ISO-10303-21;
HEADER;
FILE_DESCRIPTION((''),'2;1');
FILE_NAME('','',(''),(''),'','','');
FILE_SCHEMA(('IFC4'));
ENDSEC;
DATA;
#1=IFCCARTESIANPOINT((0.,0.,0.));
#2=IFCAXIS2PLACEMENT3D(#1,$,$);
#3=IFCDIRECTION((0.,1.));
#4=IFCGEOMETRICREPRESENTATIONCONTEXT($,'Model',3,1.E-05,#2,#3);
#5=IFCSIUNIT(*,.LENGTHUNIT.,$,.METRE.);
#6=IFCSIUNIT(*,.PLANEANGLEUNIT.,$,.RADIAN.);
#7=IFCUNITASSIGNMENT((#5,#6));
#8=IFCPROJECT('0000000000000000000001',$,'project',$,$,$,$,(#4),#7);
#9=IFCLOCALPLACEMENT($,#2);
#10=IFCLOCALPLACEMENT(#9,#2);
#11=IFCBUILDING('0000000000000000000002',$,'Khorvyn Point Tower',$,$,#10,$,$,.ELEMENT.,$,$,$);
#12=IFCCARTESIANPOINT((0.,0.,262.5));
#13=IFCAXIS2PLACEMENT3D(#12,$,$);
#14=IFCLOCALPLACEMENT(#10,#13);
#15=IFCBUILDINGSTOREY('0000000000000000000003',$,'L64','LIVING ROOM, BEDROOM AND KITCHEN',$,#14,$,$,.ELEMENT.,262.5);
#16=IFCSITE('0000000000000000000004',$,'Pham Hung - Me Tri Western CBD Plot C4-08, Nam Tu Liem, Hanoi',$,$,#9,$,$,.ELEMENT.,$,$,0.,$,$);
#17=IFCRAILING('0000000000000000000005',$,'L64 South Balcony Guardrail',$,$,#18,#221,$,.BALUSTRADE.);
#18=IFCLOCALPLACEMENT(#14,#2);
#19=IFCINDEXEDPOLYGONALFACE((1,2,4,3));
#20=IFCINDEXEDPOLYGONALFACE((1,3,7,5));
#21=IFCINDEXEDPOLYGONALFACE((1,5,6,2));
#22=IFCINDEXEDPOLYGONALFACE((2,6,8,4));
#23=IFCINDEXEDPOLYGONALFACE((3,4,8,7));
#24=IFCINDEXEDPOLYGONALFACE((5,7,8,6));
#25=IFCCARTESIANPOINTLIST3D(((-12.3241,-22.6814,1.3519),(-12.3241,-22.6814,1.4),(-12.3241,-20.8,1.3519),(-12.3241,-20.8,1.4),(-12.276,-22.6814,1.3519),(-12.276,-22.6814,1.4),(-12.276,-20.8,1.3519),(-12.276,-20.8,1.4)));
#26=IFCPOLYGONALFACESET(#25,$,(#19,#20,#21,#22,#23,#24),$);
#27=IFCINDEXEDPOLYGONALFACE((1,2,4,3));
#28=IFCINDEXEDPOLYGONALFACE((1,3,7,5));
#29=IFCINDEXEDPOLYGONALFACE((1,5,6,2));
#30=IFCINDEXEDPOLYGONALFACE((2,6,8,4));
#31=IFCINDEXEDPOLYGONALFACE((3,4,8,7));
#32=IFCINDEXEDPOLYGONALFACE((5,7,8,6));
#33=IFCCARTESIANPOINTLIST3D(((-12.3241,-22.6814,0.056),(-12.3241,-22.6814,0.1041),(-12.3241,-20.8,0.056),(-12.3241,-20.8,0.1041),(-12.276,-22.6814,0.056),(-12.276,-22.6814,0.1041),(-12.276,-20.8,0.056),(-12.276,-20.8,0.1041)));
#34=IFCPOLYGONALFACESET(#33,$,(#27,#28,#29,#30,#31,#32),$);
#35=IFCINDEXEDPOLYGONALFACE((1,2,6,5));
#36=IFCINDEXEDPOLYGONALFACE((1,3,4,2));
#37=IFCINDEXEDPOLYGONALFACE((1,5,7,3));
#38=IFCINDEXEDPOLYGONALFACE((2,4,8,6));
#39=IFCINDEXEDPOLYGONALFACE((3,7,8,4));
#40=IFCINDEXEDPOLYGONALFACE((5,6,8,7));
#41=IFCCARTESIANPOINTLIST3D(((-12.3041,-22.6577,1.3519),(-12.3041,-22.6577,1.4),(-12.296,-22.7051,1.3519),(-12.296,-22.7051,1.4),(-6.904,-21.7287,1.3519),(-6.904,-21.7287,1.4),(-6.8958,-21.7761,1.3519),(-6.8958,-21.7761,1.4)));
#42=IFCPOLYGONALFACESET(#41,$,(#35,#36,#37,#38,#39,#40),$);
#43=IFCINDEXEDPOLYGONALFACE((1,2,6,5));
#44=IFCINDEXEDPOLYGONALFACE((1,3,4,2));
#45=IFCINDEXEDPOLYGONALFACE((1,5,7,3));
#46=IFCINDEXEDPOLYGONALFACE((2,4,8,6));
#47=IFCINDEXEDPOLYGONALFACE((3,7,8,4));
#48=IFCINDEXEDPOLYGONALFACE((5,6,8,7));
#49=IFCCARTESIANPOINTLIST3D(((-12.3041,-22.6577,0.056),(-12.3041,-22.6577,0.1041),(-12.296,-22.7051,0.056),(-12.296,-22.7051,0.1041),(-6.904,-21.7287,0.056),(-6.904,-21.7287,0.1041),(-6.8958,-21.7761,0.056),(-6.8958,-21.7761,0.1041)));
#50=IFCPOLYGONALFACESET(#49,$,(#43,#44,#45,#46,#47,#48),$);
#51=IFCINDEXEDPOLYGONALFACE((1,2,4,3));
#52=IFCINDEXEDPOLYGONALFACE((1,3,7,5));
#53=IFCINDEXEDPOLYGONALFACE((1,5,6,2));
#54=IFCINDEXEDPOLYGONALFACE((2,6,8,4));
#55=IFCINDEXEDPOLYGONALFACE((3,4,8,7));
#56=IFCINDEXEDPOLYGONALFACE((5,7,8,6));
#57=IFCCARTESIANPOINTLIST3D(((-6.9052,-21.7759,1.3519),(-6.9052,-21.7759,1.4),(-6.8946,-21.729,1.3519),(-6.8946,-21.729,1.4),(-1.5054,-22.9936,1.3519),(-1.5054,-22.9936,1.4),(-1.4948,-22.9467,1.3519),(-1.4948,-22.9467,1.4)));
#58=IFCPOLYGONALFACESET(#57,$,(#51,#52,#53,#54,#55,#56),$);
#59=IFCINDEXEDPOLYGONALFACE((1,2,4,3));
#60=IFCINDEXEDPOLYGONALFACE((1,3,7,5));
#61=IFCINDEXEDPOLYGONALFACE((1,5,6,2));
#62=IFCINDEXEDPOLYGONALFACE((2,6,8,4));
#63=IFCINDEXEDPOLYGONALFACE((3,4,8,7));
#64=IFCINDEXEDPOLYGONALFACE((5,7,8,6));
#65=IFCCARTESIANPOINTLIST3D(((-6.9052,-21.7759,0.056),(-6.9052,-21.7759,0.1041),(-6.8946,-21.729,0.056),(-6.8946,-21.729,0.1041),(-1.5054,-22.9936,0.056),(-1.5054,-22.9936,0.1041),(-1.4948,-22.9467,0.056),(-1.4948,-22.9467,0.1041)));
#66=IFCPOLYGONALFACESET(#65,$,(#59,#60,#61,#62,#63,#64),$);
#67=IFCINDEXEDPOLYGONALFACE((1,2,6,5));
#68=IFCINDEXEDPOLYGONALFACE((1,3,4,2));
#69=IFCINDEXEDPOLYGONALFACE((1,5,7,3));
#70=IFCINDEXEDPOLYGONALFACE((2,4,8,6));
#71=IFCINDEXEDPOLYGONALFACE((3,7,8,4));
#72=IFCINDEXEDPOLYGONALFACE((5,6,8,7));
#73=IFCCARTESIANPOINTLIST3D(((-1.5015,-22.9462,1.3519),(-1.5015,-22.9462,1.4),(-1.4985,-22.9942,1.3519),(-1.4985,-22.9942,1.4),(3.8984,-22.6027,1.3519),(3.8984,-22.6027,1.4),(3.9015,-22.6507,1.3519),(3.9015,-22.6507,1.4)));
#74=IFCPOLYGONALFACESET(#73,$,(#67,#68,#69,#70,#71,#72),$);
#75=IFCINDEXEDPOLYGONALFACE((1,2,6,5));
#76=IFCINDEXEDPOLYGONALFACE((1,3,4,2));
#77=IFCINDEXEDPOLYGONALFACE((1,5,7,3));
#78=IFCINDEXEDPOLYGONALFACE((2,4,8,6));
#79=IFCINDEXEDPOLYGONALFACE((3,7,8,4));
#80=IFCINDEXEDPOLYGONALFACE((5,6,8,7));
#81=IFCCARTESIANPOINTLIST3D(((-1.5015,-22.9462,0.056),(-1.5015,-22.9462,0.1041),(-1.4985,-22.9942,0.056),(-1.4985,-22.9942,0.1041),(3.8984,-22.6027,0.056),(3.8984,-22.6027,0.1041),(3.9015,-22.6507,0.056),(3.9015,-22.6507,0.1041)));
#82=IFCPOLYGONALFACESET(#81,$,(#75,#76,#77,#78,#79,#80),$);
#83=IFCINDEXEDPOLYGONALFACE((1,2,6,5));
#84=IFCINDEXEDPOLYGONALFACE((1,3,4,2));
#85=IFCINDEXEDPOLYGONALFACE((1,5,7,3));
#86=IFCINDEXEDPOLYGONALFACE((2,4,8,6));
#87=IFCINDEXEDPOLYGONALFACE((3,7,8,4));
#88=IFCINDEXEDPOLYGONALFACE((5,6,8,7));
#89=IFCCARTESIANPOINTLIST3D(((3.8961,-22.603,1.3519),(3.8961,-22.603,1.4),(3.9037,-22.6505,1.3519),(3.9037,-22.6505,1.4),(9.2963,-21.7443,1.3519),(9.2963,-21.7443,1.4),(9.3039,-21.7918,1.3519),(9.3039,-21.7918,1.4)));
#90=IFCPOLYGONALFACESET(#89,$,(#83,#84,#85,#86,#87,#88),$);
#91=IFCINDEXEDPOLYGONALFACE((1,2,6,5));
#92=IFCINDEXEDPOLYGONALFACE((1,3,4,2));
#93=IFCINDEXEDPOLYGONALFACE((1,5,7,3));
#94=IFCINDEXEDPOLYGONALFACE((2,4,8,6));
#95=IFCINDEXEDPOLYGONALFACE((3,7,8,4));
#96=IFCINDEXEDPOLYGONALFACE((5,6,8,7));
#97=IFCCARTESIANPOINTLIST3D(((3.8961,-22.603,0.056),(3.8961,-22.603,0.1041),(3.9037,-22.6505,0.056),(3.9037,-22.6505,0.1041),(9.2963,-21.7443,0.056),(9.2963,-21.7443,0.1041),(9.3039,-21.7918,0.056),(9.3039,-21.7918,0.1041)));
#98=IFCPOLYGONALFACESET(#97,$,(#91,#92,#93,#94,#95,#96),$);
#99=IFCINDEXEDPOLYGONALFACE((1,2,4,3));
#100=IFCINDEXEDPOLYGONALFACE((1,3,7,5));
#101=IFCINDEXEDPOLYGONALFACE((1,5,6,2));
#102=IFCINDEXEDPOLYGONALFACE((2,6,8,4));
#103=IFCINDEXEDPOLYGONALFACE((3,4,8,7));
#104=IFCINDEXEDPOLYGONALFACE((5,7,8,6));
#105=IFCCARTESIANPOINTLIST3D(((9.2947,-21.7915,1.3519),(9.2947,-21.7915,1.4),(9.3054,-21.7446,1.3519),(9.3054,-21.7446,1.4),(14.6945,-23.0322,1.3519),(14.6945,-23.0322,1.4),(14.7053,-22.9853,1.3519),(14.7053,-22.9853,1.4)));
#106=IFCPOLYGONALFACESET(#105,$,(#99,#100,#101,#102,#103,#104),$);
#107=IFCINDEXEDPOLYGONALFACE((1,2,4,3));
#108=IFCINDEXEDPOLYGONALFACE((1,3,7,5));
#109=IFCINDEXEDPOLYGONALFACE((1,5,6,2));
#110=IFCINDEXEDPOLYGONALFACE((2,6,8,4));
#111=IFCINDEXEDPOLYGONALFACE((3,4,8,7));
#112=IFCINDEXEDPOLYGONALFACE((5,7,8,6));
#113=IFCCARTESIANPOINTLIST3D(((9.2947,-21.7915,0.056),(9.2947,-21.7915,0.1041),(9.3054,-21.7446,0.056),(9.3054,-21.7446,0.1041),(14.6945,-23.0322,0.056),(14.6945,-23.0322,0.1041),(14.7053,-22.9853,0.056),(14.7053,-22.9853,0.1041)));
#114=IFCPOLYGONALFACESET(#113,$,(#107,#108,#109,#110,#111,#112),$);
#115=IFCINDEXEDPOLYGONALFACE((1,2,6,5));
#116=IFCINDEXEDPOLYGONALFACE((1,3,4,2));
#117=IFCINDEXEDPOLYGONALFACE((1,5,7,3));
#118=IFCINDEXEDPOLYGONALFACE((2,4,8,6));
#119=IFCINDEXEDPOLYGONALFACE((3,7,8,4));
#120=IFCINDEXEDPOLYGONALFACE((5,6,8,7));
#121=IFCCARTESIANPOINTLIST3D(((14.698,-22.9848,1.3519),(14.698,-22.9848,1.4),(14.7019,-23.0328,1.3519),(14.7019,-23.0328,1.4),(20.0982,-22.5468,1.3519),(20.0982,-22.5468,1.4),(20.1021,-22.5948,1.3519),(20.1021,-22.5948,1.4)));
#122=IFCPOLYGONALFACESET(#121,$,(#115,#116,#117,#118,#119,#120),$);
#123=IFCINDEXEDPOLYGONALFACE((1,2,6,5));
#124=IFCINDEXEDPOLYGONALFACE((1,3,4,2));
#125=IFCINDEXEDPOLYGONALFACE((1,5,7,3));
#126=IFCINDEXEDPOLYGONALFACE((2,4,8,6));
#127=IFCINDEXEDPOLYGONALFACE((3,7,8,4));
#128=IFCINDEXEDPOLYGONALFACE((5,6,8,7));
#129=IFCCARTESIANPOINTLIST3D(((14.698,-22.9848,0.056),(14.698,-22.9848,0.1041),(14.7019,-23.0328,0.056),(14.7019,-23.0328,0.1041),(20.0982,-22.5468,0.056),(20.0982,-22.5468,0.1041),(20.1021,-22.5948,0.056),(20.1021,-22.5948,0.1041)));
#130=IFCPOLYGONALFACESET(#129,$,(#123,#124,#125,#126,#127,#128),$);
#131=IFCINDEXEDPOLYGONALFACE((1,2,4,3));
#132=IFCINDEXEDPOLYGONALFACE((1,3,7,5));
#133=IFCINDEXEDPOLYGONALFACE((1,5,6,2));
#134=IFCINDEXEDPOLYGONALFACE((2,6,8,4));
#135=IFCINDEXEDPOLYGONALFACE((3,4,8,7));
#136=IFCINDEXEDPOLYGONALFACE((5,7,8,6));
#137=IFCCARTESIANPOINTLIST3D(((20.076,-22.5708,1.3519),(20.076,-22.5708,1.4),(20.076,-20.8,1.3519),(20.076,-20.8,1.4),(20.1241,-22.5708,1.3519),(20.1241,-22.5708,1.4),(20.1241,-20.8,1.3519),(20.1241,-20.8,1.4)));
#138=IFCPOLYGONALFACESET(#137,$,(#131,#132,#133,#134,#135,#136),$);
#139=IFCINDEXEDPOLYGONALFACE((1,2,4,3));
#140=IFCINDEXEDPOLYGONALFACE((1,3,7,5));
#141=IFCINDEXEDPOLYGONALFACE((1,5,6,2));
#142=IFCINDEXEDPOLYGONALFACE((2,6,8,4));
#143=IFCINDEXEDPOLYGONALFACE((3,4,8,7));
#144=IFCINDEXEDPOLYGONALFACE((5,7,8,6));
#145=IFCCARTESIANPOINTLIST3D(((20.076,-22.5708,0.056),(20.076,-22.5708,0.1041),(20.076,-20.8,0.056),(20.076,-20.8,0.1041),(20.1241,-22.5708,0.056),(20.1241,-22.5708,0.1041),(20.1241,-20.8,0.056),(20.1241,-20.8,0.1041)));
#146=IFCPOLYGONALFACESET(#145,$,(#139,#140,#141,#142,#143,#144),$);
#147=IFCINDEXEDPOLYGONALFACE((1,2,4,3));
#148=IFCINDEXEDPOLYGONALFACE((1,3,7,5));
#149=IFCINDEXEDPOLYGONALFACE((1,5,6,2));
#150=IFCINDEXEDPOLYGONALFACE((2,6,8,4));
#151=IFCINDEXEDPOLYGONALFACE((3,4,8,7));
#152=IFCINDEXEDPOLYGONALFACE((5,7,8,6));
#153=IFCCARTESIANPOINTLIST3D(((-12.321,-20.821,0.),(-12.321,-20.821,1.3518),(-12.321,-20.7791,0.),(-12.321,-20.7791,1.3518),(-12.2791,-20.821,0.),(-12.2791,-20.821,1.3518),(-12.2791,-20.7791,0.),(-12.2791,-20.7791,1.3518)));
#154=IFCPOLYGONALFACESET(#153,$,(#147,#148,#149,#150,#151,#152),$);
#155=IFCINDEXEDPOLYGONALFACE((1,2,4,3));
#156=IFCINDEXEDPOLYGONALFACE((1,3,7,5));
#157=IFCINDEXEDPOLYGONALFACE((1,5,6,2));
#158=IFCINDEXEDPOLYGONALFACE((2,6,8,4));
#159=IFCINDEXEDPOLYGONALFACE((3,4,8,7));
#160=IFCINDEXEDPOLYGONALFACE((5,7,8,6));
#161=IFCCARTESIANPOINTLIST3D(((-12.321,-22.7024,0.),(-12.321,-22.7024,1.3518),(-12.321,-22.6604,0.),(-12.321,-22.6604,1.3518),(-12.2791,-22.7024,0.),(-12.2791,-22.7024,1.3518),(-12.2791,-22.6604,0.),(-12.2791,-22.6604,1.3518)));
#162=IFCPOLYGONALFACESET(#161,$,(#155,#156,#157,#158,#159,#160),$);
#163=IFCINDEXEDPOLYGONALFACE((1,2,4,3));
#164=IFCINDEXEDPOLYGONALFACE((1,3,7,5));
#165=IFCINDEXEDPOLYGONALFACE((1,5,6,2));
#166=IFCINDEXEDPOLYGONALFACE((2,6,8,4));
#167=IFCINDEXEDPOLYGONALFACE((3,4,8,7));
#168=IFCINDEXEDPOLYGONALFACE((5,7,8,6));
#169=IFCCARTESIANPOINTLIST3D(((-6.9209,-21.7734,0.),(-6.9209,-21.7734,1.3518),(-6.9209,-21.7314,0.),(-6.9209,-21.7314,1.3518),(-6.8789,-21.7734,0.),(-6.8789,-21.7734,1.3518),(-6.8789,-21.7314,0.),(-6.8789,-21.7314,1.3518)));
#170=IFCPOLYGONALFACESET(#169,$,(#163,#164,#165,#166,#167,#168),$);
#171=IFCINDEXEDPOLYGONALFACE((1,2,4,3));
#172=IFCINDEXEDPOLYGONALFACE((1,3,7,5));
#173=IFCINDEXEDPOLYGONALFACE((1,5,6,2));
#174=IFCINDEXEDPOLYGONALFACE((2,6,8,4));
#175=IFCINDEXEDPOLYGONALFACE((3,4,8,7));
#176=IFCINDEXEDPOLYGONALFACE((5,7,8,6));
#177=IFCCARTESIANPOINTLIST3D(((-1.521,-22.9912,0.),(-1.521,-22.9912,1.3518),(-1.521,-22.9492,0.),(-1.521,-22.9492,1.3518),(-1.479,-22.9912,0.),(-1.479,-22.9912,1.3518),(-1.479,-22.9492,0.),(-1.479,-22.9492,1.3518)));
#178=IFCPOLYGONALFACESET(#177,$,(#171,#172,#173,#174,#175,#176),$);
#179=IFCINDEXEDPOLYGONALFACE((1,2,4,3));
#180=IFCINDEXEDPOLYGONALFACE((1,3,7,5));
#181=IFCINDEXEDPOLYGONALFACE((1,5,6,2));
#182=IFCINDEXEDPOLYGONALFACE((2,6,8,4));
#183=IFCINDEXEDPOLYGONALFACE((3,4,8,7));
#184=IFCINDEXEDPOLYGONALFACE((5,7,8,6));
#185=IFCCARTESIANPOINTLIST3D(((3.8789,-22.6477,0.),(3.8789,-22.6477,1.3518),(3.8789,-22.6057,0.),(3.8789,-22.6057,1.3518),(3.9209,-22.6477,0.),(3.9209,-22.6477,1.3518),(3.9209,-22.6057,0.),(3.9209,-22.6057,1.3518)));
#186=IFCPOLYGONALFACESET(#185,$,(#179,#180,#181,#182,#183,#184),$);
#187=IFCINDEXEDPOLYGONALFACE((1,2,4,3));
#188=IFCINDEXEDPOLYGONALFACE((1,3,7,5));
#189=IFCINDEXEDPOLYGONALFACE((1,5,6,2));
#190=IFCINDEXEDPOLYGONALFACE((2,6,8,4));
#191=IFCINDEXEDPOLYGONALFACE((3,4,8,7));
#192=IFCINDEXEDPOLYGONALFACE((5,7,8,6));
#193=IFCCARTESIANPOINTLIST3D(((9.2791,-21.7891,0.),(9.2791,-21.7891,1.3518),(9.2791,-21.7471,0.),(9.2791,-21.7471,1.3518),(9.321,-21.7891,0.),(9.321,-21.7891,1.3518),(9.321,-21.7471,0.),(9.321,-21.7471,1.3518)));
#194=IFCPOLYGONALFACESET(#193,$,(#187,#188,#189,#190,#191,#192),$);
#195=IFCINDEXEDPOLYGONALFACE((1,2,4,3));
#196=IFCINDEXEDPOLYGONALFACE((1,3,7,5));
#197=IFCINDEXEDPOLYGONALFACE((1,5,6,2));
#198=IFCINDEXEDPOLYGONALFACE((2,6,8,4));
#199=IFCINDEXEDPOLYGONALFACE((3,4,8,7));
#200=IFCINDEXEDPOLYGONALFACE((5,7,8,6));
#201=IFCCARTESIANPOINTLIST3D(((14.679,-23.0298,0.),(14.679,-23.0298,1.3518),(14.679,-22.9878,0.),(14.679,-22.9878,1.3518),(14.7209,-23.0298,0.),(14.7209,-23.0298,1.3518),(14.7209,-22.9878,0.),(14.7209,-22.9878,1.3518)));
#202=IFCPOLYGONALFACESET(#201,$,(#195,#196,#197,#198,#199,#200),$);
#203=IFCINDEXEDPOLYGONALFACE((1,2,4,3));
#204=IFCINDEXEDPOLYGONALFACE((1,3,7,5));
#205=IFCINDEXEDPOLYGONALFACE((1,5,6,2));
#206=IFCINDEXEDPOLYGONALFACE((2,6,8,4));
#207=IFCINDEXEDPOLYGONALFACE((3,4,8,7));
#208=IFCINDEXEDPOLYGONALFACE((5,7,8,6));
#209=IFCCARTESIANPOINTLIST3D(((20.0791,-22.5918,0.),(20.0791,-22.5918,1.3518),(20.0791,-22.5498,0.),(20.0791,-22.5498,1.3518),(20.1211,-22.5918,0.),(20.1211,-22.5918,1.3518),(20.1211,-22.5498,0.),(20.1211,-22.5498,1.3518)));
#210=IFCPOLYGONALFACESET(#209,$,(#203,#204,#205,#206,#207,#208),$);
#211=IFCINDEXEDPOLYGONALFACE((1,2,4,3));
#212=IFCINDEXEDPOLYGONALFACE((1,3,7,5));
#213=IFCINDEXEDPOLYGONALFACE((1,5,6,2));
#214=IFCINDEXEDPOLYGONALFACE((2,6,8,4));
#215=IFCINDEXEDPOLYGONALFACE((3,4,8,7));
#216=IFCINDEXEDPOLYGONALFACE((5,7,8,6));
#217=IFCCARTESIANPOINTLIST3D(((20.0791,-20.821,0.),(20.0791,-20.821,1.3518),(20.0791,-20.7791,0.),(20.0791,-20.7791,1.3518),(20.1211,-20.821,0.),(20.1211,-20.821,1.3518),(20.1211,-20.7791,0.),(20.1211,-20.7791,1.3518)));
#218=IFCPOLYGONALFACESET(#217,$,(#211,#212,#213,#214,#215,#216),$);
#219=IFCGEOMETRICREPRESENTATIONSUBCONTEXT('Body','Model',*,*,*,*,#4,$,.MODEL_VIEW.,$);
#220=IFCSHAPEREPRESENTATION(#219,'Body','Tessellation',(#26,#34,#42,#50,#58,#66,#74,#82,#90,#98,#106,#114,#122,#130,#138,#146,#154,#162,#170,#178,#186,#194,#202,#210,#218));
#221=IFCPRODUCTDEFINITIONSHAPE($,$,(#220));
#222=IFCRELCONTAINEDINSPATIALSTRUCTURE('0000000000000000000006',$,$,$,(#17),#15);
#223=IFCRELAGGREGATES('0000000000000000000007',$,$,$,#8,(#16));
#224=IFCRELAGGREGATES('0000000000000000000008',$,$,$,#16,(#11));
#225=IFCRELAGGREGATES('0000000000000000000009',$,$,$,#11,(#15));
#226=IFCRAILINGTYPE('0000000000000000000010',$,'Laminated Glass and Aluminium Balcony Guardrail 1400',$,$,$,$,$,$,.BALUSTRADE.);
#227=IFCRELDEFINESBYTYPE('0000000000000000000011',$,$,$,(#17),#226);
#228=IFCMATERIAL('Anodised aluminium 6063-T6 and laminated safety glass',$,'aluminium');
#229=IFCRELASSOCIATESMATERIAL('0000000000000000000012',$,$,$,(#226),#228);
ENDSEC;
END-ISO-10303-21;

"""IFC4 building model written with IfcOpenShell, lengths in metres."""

from ifc_helpers import new_model, si_unit, direction, frame, origin, origin_2d, place, context, subcontext, project, spatial, rectangle, extrude, material, type_object, element, save


model = new_model("IFC4")

# Units and contexts
model_context = context("Model", 3, precision=1e-05, world=origin(), true_north=direction((0.0, 1.0)))
body_context = subcontext(model_context, "Body", "Model", "MODEL_VIEW")
ifc_project = project(units=[si_unit("LENGTHUNIT", "METRE"), si_unit("PLANEANGLEUNIT", "RADIAN")], contexts=[model_context])

# Site, building, storey
site_placement = place(None, origin())
site = spatial("IfcSite", under=ifc_project, at=site_placement, Name="Pham Hung - Me Tri Western CBD Plot C4-08, Nam Tu Liem, Hanoi", CompositionType="ELEMENT", RefElevation=0.0)
building_placement = place(site_placement, origin())
building = spatial("IfcBuilding", under=site, at=building_placement, Name="Khorvyn Point Tower", CompositionType="ELEMENT")
storey_placement = place(building_placement, frame((0.0, 0.0, 262.5)))
storey = spatial("IfcBuildingStorey", under=building, at=storey_placement, Name="L64", Description="LIVING ROOM, BEDROOM AND KITCHEN", CompositionType="ELEMENT", Elevation=262.5)

# Railing
ifc_material_1 = material(Name="Anodised aluminium 6063-T6 and laminated safety glass", Category="aluminium")
railing_type = type_object("IfcRailingType", Name="Laminated Glass and Aluminium Balcony Guardrail 1400", PredefinedType="BALUSTRADE", material=ifc_material_1)
railing_1_placement = place(storey_placement, frame((-12.3, -20.8, 0.0)))
element("IfcRailing", 1, at=railing_1_placement, inside=storey, type_object=railing_type, Name="L64 South Balcony Guardrail", PredefinedType="BALUSTRADE", context=body_context, shape_type="SweptSolid", body=[
    extrude(rectangle(XDim=0.0481, YDim=0.0481, at=origin_2d()), frame((0.0, 0.0, 1.376), z_axis=(0.0, -1.0, 0.0), x_axis=(1.0, 0.0, 0.0)), (0.0, 0.0, 1.0), 1.8813),
    extrude(rectangle(XDim=0.0481, YDim=0.0481, at=origin_2d()), frame((0.0, 0.0, 0.0801), z_axis=(0.0, -1.0, 0.0), x_axis=(1.0, 0.0, 0.0)), (0.0, 0.0, 1.0), 1.8813),
    extrude(rectangle(XDim=0.0481, YDim=0.0481, at=origin_2d()), frame((0.0, -1.8813, 1.376), z_axis=(0.985524, 0.169534, 0.0), x_axis=(-0.169534, 0.985524, 0.0)), (0.0, 0.0, 1.0), 5.4795),
    extrude(rectangle(XDim=0.0481, YDim=0.0481, at=origin_2d()), frame((0.0, -1.8813, 0.0801), z_axis=(0.985524, 0.169534, 0.0), x_axis=(-0.169534, 0.985524, 0.0)), (0.0, 0.0, 1.0), 5.4795),
    extrude(rectangle(XDim=0.0481, YDim=0.0481, at=origin_2d()), frame((5.4001, -0.9524, 1.376), z_axis=(0.975501, -0.219993, 0.0), x_axis=(0.219993, 0.975501, 0.0)), (0.0, 0.0, 1.0), 5.5354),
    extrude(rectangle(XDim=0.0481, YDim=0.0481, at=origin_2d()), frame((5.4001, -0.9524, 0.0801), z_axis=(0.975501, -0.219993, 0.0), x_axis=(0.219993, 0.975501, 0.0)), (0.0, 0.0, 1.0), 5.5354),
    extrude(rectangle(XDim=0.0481, YDim=0.0481, at=origin_2d()), frame((10.8, -2.1702, 1.376), z_axis=(0.997983, 0.063485, 0.0), x_axis=(-0.063485, 0.997983, 0.0)), (0.0, 0.0, 1.0), 5.4109),
    extrude(rectangle(XDim=0.0481, YDim=0.0481, at=origin_2d()), frame((10.8, -2.1702, 0.0801), z_axis=(0.997983, 0.063485, 0.0), x_axis=(-0.063485, 0.997983, 0.0)), (0.0, 0.0, 1.0), 5.4109),
    extrude(rectangle(XDim=0.0481, YDim=0.0481, at=origin_2d()), frame((16.2, -1.8267, 1.376), z_axis=(0.987594, 0.157031, 0.0), x_axis=(-0.157031, 0.987594, 0.0)), (0.0, 0.0, 1.0), 5.468),
    extrude(rectangle(XDim=0.0481, YDim=0.0481, at=origin_2d()), frame((16.2, -1.8267, 0.0801), z_axis=(0.987594, 0.157031, 0.0), x_axis=(-0.157031, 0.987594, 0.0)), (0.0, 0.0, 1.0), 5.468),
    extrude(rectangle(XDim=0.0481, YDim=0.0481, at=origin_2d()), frame((21.6001, -0.968, 1.376), z_axis=(0.974605, -0.223933, 0.0), x_axis=(0.223933, 0.974605, 0.0)), (0.0, 0.0, 1.0), 5.5405),
    extrude(rectangle(XDim=0.0481, YDim=0.0481, at=origin_2d()), frame((21.6001, -0.968, 0.0801), z_axis=(0.974605, -0.223933, 0.0), x_axis=(0.223933, 0.974605, 0.0)), (0.0, 0.0, 1.0), 5.5405),
    extrude(rectangle(XDim=0.0481, YDim=0.0481, at=origin_2d()), frame((27.0, -2.2087, 1.376), z_axis=(0.996727, 0.080841, 0.0), x_axis=(-0.080841, 0.996727, 0.0)), (0.0, 0.0, 1.0), 5.418),
    extrude(rectangle(XDim=0.0481, YDim=0.0481, at=origin_2d()), frame((27.0, -2.2087, 0.0801), z_axis=(0.996727, 0.080841, 0.0), x_axis=(-0.080841, 0.996727, 0.0)), (0.0, 0.0, 1.0), 5.418),
    extrude(rectangle(XDim=0.0481, YDim=0.0481, at=origin_2d()), frame((32.4001, -1.7708, 1.376), z_axis=(0.0, 1.0, 0.0), x_axis=(-1.0, 0.0, 0.0)), (0.0, 0.0, 1.0), 1.7708),
    extrude(rectangle(XDim=0.0481, YDim=0.0481, at=origin_2d()), frame((32.4001, -1.7708, 0.0801), z_axis=(0.0, 1.0, 0.0), x_axis=(-1.0, 0.0, 0.0)), (0.0, 0.0, 1.0), 1.7708),
    extrude(rectangle(XDim=0.042, YDim=0.042, at=origin_2d()), origin(), (0.0, 0.0, 1.0), 1.3518),
    extrude(rectangle(XDim=0.042, YDim=0.042, at=origin_2d()), frame((0.0, -1.8813, 0.0)), (0.0, 0.0, 1.0), 1.3518),
    extrude(rectangle(XDim=0.042, YDim=0.042, at=origin_2d()), frame((5.4001, -0.9524, 0.0)), (0.0, 0.0, 1.0), 1.3518),
    extrude(rectangle(XDim=0.042, YDim=0.042, at=origin_2d()), frame((10.8, -2.1702, 0.0)), (0.0, 0.0, 1.0), 1.3518),
    extrude(rectangle(XDim=0.042, YDim=0.042, at=origin_2d()), frame((16.2, -1.8267, 0.0)), (0.0, 0.0, 1.0), 1.3518),
    extrude(rectangle(XDim=0.042, YDim=0.042, at=origin_2d()), frame((21.6001, -0.968, 0.0)), (0.0, 0.0, 1.0), 1.3518),
    extrude(rectangle(XDim=0.042, YDim=0.042, at=origin_2d()), frame((27.0, -2.2087, 0.0)), (0.0, 0.0, 1.0), 1.3518),
    extrude(rectangle(XDim=0.042, YDim=0.042, at=origin_2d()), frame((32.4001, -1.7708, 0.0)), (0.0, 0.0, 1.0), 1.3518),
    extrude(rectangle(XDim=0.042, YDim=0.042, at=origin_2d()), frame((32.4001, 0.0, 0.0)), (0.0, 0.0, 1.0), 1.3518),
])

save(model, "model.ifc")
